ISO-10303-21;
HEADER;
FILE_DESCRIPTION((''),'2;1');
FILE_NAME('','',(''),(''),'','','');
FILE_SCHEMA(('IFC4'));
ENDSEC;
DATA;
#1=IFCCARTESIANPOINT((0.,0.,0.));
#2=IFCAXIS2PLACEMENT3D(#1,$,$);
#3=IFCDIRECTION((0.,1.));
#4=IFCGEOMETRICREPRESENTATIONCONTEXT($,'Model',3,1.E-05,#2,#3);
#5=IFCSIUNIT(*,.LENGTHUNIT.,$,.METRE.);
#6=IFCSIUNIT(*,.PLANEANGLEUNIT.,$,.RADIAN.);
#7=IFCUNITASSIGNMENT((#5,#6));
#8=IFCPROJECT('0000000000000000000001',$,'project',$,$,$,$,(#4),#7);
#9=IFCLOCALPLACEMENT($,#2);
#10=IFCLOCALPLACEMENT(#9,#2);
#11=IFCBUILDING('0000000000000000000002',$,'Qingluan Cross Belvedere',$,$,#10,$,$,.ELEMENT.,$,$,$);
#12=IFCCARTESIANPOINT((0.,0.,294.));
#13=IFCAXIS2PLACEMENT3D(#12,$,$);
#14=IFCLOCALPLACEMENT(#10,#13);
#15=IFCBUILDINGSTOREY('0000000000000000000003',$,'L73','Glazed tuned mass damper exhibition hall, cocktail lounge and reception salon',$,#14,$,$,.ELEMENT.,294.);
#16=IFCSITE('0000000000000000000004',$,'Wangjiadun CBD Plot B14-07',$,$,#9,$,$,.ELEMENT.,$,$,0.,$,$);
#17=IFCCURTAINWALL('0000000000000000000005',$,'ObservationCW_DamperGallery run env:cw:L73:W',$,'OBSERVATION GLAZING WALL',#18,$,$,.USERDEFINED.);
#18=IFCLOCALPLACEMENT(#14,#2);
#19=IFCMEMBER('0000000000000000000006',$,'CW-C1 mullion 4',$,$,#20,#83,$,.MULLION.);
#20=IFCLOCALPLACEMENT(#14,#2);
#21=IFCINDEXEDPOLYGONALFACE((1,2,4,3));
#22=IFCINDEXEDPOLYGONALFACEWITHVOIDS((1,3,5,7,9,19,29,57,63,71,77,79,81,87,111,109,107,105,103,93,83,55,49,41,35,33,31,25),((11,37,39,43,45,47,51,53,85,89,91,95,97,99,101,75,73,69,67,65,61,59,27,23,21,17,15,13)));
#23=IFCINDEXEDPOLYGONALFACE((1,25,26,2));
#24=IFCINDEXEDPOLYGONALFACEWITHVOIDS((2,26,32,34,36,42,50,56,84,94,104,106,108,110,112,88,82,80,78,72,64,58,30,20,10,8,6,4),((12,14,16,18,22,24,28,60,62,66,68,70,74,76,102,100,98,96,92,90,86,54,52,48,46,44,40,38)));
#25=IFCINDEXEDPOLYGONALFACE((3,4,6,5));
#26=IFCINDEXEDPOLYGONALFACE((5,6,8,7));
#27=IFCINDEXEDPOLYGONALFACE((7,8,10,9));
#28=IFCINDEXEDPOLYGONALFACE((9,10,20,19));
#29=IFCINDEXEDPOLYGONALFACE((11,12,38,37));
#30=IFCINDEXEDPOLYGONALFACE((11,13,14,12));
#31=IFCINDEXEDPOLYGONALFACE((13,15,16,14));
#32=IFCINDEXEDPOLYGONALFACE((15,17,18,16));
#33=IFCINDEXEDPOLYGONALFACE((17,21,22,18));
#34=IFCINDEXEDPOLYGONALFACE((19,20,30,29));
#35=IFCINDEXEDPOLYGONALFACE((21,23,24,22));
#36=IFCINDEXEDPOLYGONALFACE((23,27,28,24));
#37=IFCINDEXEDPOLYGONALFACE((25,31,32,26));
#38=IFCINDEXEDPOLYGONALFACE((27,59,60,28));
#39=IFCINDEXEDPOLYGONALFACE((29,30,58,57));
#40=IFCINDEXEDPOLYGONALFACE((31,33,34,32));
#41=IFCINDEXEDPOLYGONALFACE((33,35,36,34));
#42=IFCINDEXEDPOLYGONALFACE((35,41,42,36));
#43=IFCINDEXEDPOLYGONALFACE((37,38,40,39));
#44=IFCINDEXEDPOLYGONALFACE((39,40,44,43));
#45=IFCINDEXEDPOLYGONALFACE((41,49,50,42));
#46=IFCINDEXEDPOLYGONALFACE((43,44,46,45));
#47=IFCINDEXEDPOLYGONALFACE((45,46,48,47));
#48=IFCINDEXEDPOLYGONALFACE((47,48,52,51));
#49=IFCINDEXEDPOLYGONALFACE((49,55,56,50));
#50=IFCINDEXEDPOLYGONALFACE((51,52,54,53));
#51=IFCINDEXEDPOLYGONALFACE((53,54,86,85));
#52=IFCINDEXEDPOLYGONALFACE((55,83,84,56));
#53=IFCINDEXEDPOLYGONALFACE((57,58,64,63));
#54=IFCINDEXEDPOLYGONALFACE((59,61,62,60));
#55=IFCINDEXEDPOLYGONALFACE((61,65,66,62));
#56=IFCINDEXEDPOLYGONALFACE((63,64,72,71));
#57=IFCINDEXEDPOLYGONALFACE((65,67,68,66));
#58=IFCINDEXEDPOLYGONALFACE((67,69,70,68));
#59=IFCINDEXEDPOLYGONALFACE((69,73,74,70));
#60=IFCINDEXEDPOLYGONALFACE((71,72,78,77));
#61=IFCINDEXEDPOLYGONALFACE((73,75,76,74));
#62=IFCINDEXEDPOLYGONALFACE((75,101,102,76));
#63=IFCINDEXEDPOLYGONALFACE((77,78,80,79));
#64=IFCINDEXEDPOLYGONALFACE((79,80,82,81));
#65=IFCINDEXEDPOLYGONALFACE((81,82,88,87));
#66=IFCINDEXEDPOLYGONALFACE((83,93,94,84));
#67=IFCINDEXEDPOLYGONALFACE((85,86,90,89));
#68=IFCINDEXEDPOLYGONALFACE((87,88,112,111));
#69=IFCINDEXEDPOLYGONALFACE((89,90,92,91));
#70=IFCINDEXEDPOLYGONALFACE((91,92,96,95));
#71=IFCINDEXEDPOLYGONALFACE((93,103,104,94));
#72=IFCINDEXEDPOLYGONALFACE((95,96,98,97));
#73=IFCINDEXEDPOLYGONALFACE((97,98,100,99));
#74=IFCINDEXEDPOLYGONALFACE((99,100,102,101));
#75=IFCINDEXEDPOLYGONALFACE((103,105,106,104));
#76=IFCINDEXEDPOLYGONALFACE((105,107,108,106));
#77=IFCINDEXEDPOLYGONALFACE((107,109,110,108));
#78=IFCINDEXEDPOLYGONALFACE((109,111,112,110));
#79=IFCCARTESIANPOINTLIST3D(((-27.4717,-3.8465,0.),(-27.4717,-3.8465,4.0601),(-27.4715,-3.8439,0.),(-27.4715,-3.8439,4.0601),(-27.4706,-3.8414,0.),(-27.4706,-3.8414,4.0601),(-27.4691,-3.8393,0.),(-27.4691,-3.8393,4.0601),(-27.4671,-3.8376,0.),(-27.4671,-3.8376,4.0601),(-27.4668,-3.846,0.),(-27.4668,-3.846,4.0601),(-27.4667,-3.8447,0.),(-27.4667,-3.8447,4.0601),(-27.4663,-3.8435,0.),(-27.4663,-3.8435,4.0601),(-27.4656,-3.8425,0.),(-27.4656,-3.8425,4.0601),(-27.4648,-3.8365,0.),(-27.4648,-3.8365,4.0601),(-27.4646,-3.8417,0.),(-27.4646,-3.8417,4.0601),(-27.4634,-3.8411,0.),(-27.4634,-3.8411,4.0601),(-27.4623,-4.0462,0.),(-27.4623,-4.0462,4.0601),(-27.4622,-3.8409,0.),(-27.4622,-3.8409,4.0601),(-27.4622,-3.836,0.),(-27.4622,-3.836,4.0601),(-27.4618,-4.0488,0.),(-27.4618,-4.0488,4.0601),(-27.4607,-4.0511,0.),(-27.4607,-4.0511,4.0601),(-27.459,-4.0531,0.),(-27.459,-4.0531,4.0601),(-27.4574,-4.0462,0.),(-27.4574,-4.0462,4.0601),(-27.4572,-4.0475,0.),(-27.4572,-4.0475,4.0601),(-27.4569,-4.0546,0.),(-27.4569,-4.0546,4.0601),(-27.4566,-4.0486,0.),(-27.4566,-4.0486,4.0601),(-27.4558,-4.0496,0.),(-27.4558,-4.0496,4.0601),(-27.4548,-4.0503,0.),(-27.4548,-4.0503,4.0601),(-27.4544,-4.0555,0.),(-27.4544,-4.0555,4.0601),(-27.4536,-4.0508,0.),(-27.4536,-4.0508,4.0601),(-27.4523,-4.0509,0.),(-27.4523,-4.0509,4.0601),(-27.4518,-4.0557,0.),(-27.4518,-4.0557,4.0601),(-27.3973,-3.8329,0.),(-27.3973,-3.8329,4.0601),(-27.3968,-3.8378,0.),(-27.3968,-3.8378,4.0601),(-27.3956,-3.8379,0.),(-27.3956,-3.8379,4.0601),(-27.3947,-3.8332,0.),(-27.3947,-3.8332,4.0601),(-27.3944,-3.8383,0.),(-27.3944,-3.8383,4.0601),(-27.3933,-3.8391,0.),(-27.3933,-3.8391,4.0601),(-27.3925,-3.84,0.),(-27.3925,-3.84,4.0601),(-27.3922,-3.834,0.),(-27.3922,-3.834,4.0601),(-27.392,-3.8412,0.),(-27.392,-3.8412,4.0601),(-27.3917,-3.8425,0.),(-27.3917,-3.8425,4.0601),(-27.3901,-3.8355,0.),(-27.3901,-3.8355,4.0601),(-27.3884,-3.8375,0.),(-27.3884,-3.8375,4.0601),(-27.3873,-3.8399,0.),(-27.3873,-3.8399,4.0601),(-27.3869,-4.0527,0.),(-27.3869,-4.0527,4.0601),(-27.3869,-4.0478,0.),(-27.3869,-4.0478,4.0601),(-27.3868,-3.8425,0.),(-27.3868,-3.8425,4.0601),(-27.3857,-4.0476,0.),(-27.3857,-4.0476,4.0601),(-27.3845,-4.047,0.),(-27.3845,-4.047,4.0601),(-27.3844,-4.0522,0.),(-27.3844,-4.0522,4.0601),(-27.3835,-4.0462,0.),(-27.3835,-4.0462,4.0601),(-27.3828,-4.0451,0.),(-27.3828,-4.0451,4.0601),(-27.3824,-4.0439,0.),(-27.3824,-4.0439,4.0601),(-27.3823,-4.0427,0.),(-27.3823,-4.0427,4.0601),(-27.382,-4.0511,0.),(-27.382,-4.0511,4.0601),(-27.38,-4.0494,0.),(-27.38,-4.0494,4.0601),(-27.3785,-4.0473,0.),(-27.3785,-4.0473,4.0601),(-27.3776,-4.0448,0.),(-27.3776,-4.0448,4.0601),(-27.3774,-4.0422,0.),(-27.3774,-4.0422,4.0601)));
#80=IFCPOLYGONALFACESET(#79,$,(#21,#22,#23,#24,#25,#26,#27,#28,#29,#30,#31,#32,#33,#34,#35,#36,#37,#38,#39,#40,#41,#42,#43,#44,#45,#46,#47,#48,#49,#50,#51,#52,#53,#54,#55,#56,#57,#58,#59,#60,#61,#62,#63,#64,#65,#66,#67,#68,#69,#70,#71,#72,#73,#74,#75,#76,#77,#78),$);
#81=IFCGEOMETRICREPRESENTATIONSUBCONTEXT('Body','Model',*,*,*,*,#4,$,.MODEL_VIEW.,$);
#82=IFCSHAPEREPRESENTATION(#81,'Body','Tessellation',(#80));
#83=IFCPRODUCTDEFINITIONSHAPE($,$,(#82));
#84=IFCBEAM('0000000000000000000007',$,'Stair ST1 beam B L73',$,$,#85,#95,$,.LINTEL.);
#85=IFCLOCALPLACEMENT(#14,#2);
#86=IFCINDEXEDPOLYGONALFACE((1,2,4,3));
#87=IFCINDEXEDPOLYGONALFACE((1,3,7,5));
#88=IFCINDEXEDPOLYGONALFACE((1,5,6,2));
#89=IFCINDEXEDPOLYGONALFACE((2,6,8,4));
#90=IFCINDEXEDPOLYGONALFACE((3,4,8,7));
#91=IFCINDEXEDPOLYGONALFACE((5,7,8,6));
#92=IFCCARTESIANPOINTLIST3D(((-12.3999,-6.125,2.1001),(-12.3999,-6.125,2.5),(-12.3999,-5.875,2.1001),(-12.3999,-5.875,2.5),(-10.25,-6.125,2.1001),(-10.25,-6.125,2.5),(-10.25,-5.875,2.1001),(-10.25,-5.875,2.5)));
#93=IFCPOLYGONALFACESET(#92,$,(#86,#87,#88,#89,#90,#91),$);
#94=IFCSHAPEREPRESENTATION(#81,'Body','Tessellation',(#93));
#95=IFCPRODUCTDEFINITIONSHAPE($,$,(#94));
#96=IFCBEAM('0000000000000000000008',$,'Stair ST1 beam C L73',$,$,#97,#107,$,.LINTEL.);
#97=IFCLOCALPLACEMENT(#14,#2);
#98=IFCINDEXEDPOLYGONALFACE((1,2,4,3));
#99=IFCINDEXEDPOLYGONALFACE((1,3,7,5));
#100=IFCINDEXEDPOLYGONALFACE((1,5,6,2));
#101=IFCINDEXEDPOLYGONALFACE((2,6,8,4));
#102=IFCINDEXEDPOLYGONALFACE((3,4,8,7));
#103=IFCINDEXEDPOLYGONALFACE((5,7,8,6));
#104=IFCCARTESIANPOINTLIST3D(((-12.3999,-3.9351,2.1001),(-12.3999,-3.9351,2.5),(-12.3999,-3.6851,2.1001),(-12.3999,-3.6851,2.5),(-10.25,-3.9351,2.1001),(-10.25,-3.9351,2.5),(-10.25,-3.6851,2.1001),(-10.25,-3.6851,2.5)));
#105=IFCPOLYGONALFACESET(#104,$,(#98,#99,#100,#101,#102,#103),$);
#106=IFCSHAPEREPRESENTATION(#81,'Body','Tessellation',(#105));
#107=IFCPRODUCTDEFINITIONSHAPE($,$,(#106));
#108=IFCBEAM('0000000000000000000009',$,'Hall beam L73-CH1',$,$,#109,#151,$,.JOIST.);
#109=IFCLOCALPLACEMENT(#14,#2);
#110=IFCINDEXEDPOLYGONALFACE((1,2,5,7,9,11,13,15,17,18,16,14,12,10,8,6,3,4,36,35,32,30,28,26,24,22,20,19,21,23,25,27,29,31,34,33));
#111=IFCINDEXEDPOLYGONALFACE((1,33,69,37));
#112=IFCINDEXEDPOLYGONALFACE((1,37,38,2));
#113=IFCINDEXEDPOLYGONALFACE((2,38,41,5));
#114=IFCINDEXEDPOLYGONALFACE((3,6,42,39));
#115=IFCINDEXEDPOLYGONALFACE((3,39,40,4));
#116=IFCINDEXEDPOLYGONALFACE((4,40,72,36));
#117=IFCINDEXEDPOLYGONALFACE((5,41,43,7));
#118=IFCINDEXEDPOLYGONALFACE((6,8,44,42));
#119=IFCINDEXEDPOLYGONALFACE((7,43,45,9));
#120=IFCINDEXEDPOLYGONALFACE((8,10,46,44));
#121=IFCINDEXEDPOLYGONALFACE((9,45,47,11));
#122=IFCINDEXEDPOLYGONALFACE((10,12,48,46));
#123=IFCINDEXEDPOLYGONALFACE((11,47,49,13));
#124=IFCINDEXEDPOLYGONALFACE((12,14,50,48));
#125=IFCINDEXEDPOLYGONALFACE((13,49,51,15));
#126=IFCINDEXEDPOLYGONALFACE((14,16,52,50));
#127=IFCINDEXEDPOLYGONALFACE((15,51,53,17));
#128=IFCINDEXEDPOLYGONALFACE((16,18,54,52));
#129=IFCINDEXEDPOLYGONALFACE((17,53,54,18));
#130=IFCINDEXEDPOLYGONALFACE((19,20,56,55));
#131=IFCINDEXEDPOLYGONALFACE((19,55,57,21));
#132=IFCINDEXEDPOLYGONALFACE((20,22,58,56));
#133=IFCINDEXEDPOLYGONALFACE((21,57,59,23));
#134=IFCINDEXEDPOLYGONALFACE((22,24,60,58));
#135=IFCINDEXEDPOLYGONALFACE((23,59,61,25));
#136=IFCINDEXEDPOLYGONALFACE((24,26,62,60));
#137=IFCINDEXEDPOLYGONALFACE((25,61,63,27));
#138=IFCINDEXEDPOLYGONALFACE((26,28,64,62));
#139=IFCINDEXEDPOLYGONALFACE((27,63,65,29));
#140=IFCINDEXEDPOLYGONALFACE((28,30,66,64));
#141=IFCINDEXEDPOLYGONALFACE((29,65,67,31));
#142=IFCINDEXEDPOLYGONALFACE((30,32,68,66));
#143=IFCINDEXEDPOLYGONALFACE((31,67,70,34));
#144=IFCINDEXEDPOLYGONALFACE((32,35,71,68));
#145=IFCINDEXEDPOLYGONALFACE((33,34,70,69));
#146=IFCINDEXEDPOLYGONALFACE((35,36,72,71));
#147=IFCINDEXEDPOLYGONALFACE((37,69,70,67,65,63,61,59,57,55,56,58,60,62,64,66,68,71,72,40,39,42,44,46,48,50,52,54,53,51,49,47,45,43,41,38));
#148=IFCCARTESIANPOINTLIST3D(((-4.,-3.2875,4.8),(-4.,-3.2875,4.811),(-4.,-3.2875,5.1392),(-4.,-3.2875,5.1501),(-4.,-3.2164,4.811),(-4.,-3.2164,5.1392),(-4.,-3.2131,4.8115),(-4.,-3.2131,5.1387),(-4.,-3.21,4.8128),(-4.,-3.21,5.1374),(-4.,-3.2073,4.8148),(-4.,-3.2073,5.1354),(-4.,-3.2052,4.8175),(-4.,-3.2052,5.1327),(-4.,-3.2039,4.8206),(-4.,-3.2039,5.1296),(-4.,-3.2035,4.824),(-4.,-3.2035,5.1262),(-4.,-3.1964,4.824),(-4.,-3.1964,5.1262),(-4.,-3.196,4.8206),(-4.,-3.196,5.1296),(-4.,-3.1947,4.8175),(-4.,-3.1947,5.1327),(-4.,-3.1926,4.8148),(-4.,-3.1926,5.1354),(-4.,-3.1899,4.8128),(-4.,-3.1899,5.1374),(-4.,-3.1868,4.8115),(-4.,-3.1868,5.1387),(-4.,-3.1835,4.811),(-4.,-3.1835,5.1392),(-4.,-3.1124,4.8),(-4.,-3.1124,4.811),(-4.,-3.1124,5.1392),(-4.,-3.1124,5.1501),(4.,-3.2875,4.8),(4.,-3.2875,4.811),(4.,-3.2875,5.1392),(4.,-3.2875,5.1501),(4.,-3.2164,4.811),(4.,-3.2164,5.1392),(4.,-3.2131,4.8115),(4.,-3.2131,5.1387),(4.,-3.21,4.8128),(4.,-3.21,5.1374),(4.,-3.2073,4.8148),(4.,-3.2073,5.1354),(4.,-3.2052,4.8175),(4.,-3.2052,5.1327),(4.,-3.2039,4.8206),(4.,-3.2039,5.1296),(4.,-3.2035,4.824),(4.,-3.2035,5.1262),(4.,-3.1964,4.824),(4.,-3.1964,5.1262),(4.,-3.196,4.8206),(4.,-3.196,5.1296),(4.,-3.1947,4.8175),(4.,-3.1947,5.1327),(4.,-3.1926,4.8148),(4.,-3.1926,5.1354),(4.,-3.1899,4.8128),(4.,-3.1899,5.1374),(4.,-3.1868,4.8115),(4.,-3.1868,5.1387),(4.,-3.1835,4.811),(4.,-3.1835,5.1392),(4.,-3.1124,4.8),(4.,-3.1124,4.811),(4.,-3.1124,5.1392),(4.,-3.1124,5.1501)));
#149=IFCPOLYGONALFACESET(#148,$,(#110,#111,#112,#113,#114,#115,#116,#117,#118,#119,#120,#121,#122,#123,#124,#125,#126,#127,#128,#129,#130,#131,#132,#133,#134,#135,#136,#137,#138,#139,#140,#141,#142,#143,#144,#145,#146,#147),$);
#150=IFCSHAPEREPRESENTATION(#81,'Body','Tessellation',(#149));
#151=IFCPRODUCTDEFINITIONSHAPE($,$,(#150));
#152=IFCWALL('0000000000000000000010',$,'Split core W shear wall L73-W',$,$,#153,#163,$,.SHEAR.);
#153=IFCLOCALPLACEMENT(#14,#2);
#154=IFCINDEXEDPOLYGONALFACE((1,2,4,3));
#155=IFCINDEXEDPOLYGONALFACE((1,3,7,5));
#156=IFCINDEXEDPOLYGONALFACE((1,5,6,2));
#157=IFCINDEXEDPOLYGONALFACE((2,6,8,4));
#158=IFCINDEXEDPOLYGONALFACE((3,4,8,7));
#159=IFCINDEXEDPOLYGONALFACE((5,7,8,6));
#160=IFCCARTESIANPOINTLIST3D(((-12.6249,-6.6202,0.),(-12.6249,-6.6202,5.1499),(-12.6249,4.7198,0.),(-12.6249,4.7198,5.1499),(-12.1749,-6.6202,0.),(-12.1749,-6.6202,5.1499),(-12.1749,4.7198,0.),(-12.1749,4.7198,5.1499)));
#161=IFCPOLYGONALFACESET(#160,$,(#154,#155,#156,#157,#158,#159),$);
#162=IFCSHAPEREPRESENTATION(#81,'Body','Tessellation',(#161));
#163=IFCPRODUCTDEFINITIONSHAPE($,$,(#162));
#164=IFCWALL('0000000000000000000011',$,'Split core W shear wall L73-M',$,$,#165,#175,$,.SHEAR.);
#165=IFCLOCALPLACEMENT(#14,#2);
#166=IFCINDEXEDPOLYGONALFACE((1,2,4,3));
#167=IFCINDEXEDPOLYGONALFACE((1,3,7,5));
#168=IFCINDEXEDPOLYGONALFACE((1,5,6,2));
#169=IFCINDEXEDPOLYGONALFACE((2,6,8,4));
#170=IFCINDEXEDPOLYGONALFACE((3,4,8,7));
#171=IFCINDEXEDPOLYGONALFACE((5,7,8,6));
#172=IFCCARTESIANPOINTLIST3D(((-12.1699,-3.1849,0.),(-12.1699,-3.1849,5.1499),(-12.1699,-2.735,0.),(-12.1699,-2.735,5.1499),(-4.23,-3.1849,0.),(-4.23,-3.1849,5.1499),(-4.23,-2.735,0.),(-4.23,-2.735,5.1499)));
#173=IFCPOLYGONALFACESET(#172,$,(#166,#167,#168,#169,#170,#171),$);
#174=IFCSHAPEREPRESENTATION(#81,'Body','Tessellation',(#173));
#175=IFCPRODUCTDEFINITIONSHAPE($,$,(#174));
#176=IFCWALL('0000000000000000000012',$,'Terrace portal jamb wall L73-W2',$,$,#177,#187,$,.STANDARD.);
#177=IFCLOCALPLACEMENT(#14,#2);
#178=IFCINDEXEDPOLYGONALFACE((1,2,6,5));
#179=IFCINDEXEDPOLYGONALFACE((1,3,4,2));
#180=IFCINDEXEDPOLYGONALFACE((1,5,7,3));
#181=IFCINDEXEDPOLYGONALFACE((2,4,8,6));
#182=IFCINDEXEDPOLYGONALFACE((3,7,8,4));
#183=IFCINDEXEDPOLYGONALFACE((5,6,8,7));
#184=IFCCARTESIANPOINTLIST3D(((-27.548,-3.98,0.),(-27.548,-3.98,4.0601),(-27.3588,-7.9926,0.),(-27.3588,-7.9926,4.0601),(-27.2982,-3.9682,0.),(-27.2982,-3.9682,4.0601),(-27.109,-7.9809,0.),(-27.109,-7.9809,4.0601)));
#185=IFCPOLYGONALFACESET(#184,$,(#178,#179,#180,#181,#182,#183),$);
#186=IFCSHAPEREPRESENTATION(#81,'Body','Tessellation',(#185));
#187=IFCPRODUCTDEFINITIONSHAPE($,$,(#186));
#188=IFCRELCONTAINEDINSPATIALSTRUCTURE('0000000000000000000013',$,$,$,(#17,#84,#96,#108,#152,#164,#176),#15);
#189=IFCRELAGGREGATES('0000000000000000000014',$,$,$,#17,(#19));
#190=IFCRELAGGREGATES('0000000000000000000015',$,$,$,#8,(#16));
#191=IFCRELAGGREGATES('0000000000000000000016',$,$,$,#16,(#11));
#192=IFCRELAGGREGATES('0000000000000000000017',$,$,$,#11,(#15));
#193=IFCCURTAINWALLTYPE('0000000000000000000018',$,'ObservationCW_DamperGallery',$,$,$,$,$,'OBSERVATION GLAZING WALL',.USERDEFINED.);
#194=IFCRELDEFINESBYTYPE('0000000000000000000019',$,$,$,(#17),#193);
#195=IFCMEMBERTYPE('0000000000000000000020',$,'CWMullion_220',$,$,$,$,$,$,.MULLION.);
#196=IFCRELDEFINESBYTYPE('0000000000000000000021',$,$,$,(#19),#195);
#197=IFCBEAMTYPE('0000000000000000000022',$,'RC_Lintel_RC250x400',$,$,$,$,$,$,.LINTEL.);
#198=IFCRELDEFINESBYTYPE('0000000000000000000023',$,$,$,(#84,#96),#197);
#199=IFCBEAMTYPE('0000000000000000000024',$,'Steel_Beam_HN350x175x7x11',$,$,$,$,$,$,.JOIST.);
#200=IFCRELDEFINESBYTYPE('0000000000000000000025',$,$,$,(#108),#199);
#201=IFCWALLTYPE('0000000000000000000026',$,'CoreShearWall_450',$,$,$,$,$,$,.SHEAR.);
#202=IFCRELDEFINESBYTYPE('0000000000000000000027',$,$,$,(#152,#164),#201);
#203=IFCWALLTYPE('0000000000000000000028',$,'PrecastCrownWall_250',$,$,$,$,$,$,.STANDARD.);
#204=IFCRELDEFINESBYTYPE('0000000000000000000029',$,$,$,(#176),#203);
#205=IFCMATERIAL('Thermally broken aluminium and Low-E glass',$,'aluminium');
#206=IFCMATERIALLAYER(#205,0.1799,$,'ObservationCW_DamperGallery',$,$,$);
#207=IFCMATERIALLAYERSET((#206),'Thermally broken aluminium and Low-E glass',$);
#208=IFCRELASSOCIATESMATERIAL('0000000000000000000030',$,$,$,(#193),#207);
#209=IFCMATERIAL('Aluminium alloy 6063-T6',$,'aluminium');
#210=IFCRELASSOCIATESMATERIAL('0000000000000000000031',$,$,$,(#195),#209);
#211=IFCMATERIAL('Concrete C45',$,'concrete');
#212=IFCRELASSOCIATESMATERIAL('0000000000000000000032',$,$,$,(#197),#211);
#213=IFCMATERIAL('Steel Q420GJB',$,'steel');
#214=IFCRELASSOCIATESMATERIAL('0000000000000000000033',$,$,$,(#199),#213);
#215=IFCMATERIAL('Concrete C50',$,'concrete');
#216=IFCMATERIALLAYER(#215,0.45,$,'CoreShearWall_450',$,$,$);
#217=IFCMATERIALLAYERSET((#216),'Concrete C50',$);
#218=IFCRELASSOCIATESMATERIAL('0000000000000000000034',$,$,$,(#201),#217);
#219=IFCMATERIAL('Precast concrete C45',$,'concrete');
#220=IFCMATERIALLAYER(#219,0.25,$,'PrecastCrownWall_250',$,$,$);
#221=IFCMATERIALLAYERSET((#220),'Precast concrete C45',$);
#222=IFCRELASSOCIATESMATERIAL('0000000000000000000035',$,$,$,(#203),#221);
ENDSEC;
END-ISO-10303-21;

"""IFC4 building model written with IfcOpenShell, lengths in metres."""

from ifc_helpers import new_model, si_unit, direction, frame, frame_2d, origin, origin_2d, place, context, subcontext, project, spatial, rectangle, hollow_rectangle, i_section, extrude, material, layer, layer_set, material_profile, profile_set, type_object, element, aggregate, save


model = new_model("IFC4")

# Units and contexts
model_context = context("Model", 3, precision=1e-05, world=origin(), true_north=direction((0.0, 1.0)))
body_context = subcontext(model_context, "Body", "Model", "MODEL_VIEW")
ifc_project = project(units=[si_unit("LENGTHUNIT", "METRE"), si_unit("PLANEANGLEUNIT", "RADIAN")], contexts=[model_context])

# Site, building, storey
site_placement = place(None, origin())
site = spatial("IfcSite", under=ifc_project, at=site_placement, Name="Wangjiadun CBD Plot B14-07", CompositionType="ELEMENT", RefElevation=0.0)
building_placement = place(site_placement, origin())
building = spatial("IfcBuilding", under=site, at=building_placement, Name="Qingluan Cross Belvedere", CompositionType="ELEMENT")
storey_placement = place(building_placement, frame((0.0, 0.0, 294.0)))
storey = spatial("IfcBuildingStorey", under=building, at=storey_placement, Name="L73", Description="Glazed tuned mass damper exhibition hall, cocktail lounge and reception salon", CompositionType="ELEMENT", Elevation=294.0)

# Curtain wall, member
ifc_material_1 = material(Name="Thermally broken aluminium and Low-E glass", Category="aluminium")
ifc_layer_1 = layer(ifc_material_1, 0.1799, Name="ObservationCW_DamperGallery")
ifc_layer_set_1 = layer_set([ifc_layer_1], Name="Thermally broken aluminium and Low-E glass")
curtain_wall_type = type_object("IfcCurtainWallType", Name="ObservationCW_DamperGallery", ElementType="OBSERVATION GLAZING WALL", PredefinedType="USERDEFINED", material=ifc_layer_set_1)
curtain_wall_placement = place(storey_placement, origin())
curtain_wall = element("IfcCurtainWall", 1, at=curtain_wall_placement, inside=storey, type_object=curtain_wall_type, Name="ObservationCW_DamperGallery run env:cw:L73:W", ObjectType="OBSERVATION GLAZING WALL", PredefinedType="USERDEFINED")
ifc_material_2 = material(Name="Aluminium alloy 6063-T6", Category="aluminium")
ifc_material_profile_1 = material_profile(ifc_material_2, hollow_rectangle(XDim=0.085, YDim=0.22, WallThickness=0.0049, InnerFilletRadius=0.0049, OuterFilletRadius=0.01, at=origin_2d()), Name="CWM220x85x5")
ifc_profile_set_1 = profile_set([ifc_material_profile_1], Name="Aluminium alloy 6063-T6")
member_type = type_object("IfcMemberType", Name="CWMullion_220", PredefinedType="MULLION", material=ifc_profile_set_1)
member_placement = place(storey_placement, frame((-27.4246, -3.9443, 0.0), z_axis=(0.0, 0.0, 1.0), x_axis=(0.998889, 0.047125, 0.0)))
member = element("IfcMember", 2, at=member_placement, type_object=member_type, Name="CW-C1 mullion 4", PredefinedType="MULLION", context=body_context, shape_type="SweptSolid", body=[
    extrude(hollow_rectangle(XDim=0.085, YDim=0.22, WallThickness=0.0049, InnerFilletRadius=0.0049, OuterFilletRadius=0.01, at=origin_2d()), origin(), (0.0, 0.0, 1.0), 4.0601),
])
aggregate(curtain_wall, [member])

# Beams
ifc_material_3 = material(Name="Concrete C45", Category="concrete")
ifc_material_profile_2 = material_profile(ifc_material_3, rectangle(XDim=0.25, YDim=0.3999, at=origin_2d()), Name="RC250x400")
ifc_profile_set_2 = profile_set([ifc_material_profile_2], Name="Concrete C45")
beam_type_1 = type_object("IfcBeamType", Name="RC_Lintel_RC250x400", PredefinedType="LINTEL", material=ifc_profile_set_2)
for number, where, z_axis, x_axis, name in (
    (3, (-12.3999, -6.0, 2.3), (1.0, 0.0, 0.0), (0.0, 1.0, 0.0), "Stair ST1 beam B L73"),
    (4, (-12.3999, -3.8101, 2.3), (1.0, 0.0, 0.0), (0.0, 1.0, 0.0), "Stair ST1 beam C L73"),
):
    element("IfcBeam", number, at=place(storey_placement, frame(where, z_axis=z_axis, x_axis=x_axis)), inside=storey, type_object=beam_type_1, Name=name, PredefinedType="LINTEL", context=body_context, shape_type="SweptSolid", body=[
        extrude(rectangle(XDim=0.25, YDim=0.3999, at=origin_2d()), origin(), (0.0, 0.0, 1.0), 2.1499),
    ])
ifc_material_4 = material(Name="Steel Q420GJB", Category="steel")
ifc_material_profile_3 = material_profile(ifc_material_4, i_section(OverallWidth=0.175, OverallDepth=0.3501, WebThickness=0.0071, FlangeThickness=0.011, FilletRadius=0.0129, at=origin_2d()), Name="HN350x175x7x11")
ifc_profile_set_3 = profile_set([ifc_material_profile_3], Name="Steel Q420GJB")
beam_type_2 = type_object("IfcBeamType", Name="Steel_Beam_HN350x175x7x11", PredefinedType="JOIST", material=ifc_profile_set_3)
beam_placement = place(storey_placement, frame((-4.0, -3.2, 4.9751), z_axis=(1.0, 0.0, 0.0), x_axis=(0.0, 1.0, 0.0)))
element("IfcBeam", 5, at=beam_placement, inside=storey, type_object=beam_type_2, Name="Hall beam L73-CH1", PredefinedType="JOIST", context=body_context, shape_type="SweptSolid", body=[
    extrude(i_section(OverallWidth=0.175, OverallDepth=0.3501, WebThickness=0.0071, FlangeThickness=0.011, FilletRadius=0.0129, at=origin_2d()), origin(), (0.0, 0.0, 1.0), 8.0),
])

# Wall
ifc_material_5 = material(Name="Concrete C50", Category="concrete")
ifc_layer_2 = layer(ifc_material_5, 0.45, Name="CoreShearWall_450")
ifc_layer_set_2 = layer_set([ifc_layer_2], Name="Concrete C50")
wall_type_1 = type_object("IfcWallType", Name="CoreShearWall_450", PredefinedType="SHEAR", material=ifc_layer_set_2)
wall_1_placement = place(storey_placement, frame((-12.3999, -6.6201, 0.0), z_axis=(0.0, 0.0, 1.0), x_axis=(0.0, 1.0, 0.0)))
element("IfcWall", 6, at=wall_1_placement, inside=storey, type_object=wall_type_1, Name="Split core W shear wall L73-W", PredefinedType="SHEAR", context=body_context, shape_type="SweptSolid", body=[
    extrude(rectangle(XDim=11.3401, YDim=0.45, at=frame_2d((5.6699, 0.0))), origin(), (0.0, 0.0, 1.0), 5.1499),
])

# Walls
wall_2_placement = place(storey_placement, frame((-12.1699, -2.96, 0.0), z_axis=(0.0, 0.0, 1.0), x_axis=(1.0, 0.0, 0.0)))
element("IfcWall", 7, at=wall_2_placement, inside=storey, type_object=wall_type_1, Name="Split core W shear wall L73-M", PredefinedType="SHEAR", context=body_context, shape_type="SweptSolid", body=[
    extrude(rectangle(XDim=7.9399, YDim=0.45, at=frame_2d((3.97, 0.0))), origin(), (0.0, 0.0, 1.0), 5.1499),
])
ifc_material_6 = material(Name="Precast concrete C45", Category="concrete")
ifc_layer_3 = layer(ifc_material_6, 0.25, Name="PrecastCrownWall_250")
ifc_layer_set_3 = layer_set([ifc_layer_3], Name="Precast concrete C45")
wall_type_2 = type_object("IfcWallType", Name="PrecastCrownWall_250", PredefinedType="STANDARD", material=ifc_layer_set_3)
wall_3_placement = place(storey_placement, frame((-27.4231, -3.9741, 0.0), z_axis=(0.0, 0.0, 1.0), x_axis=(0.0471, -0.99889, 0.0)))
element("IfcWall", 8, at=wall_3_placement, inside=storey, type_object=wall_type_2, Name="Terrace portal jamb wall L73-W2", PredefinedType="STANDARD", context=body_context, shape_type="SweptSolid", body=[
    extrude(rectangle(XDim=4.0171, YDim=0.25, at=frame_2d((2.0085, 0.0))), origin(), (0.0, 0.0, 1.0), 4.0601),
])

save(model, "model.ifc")
